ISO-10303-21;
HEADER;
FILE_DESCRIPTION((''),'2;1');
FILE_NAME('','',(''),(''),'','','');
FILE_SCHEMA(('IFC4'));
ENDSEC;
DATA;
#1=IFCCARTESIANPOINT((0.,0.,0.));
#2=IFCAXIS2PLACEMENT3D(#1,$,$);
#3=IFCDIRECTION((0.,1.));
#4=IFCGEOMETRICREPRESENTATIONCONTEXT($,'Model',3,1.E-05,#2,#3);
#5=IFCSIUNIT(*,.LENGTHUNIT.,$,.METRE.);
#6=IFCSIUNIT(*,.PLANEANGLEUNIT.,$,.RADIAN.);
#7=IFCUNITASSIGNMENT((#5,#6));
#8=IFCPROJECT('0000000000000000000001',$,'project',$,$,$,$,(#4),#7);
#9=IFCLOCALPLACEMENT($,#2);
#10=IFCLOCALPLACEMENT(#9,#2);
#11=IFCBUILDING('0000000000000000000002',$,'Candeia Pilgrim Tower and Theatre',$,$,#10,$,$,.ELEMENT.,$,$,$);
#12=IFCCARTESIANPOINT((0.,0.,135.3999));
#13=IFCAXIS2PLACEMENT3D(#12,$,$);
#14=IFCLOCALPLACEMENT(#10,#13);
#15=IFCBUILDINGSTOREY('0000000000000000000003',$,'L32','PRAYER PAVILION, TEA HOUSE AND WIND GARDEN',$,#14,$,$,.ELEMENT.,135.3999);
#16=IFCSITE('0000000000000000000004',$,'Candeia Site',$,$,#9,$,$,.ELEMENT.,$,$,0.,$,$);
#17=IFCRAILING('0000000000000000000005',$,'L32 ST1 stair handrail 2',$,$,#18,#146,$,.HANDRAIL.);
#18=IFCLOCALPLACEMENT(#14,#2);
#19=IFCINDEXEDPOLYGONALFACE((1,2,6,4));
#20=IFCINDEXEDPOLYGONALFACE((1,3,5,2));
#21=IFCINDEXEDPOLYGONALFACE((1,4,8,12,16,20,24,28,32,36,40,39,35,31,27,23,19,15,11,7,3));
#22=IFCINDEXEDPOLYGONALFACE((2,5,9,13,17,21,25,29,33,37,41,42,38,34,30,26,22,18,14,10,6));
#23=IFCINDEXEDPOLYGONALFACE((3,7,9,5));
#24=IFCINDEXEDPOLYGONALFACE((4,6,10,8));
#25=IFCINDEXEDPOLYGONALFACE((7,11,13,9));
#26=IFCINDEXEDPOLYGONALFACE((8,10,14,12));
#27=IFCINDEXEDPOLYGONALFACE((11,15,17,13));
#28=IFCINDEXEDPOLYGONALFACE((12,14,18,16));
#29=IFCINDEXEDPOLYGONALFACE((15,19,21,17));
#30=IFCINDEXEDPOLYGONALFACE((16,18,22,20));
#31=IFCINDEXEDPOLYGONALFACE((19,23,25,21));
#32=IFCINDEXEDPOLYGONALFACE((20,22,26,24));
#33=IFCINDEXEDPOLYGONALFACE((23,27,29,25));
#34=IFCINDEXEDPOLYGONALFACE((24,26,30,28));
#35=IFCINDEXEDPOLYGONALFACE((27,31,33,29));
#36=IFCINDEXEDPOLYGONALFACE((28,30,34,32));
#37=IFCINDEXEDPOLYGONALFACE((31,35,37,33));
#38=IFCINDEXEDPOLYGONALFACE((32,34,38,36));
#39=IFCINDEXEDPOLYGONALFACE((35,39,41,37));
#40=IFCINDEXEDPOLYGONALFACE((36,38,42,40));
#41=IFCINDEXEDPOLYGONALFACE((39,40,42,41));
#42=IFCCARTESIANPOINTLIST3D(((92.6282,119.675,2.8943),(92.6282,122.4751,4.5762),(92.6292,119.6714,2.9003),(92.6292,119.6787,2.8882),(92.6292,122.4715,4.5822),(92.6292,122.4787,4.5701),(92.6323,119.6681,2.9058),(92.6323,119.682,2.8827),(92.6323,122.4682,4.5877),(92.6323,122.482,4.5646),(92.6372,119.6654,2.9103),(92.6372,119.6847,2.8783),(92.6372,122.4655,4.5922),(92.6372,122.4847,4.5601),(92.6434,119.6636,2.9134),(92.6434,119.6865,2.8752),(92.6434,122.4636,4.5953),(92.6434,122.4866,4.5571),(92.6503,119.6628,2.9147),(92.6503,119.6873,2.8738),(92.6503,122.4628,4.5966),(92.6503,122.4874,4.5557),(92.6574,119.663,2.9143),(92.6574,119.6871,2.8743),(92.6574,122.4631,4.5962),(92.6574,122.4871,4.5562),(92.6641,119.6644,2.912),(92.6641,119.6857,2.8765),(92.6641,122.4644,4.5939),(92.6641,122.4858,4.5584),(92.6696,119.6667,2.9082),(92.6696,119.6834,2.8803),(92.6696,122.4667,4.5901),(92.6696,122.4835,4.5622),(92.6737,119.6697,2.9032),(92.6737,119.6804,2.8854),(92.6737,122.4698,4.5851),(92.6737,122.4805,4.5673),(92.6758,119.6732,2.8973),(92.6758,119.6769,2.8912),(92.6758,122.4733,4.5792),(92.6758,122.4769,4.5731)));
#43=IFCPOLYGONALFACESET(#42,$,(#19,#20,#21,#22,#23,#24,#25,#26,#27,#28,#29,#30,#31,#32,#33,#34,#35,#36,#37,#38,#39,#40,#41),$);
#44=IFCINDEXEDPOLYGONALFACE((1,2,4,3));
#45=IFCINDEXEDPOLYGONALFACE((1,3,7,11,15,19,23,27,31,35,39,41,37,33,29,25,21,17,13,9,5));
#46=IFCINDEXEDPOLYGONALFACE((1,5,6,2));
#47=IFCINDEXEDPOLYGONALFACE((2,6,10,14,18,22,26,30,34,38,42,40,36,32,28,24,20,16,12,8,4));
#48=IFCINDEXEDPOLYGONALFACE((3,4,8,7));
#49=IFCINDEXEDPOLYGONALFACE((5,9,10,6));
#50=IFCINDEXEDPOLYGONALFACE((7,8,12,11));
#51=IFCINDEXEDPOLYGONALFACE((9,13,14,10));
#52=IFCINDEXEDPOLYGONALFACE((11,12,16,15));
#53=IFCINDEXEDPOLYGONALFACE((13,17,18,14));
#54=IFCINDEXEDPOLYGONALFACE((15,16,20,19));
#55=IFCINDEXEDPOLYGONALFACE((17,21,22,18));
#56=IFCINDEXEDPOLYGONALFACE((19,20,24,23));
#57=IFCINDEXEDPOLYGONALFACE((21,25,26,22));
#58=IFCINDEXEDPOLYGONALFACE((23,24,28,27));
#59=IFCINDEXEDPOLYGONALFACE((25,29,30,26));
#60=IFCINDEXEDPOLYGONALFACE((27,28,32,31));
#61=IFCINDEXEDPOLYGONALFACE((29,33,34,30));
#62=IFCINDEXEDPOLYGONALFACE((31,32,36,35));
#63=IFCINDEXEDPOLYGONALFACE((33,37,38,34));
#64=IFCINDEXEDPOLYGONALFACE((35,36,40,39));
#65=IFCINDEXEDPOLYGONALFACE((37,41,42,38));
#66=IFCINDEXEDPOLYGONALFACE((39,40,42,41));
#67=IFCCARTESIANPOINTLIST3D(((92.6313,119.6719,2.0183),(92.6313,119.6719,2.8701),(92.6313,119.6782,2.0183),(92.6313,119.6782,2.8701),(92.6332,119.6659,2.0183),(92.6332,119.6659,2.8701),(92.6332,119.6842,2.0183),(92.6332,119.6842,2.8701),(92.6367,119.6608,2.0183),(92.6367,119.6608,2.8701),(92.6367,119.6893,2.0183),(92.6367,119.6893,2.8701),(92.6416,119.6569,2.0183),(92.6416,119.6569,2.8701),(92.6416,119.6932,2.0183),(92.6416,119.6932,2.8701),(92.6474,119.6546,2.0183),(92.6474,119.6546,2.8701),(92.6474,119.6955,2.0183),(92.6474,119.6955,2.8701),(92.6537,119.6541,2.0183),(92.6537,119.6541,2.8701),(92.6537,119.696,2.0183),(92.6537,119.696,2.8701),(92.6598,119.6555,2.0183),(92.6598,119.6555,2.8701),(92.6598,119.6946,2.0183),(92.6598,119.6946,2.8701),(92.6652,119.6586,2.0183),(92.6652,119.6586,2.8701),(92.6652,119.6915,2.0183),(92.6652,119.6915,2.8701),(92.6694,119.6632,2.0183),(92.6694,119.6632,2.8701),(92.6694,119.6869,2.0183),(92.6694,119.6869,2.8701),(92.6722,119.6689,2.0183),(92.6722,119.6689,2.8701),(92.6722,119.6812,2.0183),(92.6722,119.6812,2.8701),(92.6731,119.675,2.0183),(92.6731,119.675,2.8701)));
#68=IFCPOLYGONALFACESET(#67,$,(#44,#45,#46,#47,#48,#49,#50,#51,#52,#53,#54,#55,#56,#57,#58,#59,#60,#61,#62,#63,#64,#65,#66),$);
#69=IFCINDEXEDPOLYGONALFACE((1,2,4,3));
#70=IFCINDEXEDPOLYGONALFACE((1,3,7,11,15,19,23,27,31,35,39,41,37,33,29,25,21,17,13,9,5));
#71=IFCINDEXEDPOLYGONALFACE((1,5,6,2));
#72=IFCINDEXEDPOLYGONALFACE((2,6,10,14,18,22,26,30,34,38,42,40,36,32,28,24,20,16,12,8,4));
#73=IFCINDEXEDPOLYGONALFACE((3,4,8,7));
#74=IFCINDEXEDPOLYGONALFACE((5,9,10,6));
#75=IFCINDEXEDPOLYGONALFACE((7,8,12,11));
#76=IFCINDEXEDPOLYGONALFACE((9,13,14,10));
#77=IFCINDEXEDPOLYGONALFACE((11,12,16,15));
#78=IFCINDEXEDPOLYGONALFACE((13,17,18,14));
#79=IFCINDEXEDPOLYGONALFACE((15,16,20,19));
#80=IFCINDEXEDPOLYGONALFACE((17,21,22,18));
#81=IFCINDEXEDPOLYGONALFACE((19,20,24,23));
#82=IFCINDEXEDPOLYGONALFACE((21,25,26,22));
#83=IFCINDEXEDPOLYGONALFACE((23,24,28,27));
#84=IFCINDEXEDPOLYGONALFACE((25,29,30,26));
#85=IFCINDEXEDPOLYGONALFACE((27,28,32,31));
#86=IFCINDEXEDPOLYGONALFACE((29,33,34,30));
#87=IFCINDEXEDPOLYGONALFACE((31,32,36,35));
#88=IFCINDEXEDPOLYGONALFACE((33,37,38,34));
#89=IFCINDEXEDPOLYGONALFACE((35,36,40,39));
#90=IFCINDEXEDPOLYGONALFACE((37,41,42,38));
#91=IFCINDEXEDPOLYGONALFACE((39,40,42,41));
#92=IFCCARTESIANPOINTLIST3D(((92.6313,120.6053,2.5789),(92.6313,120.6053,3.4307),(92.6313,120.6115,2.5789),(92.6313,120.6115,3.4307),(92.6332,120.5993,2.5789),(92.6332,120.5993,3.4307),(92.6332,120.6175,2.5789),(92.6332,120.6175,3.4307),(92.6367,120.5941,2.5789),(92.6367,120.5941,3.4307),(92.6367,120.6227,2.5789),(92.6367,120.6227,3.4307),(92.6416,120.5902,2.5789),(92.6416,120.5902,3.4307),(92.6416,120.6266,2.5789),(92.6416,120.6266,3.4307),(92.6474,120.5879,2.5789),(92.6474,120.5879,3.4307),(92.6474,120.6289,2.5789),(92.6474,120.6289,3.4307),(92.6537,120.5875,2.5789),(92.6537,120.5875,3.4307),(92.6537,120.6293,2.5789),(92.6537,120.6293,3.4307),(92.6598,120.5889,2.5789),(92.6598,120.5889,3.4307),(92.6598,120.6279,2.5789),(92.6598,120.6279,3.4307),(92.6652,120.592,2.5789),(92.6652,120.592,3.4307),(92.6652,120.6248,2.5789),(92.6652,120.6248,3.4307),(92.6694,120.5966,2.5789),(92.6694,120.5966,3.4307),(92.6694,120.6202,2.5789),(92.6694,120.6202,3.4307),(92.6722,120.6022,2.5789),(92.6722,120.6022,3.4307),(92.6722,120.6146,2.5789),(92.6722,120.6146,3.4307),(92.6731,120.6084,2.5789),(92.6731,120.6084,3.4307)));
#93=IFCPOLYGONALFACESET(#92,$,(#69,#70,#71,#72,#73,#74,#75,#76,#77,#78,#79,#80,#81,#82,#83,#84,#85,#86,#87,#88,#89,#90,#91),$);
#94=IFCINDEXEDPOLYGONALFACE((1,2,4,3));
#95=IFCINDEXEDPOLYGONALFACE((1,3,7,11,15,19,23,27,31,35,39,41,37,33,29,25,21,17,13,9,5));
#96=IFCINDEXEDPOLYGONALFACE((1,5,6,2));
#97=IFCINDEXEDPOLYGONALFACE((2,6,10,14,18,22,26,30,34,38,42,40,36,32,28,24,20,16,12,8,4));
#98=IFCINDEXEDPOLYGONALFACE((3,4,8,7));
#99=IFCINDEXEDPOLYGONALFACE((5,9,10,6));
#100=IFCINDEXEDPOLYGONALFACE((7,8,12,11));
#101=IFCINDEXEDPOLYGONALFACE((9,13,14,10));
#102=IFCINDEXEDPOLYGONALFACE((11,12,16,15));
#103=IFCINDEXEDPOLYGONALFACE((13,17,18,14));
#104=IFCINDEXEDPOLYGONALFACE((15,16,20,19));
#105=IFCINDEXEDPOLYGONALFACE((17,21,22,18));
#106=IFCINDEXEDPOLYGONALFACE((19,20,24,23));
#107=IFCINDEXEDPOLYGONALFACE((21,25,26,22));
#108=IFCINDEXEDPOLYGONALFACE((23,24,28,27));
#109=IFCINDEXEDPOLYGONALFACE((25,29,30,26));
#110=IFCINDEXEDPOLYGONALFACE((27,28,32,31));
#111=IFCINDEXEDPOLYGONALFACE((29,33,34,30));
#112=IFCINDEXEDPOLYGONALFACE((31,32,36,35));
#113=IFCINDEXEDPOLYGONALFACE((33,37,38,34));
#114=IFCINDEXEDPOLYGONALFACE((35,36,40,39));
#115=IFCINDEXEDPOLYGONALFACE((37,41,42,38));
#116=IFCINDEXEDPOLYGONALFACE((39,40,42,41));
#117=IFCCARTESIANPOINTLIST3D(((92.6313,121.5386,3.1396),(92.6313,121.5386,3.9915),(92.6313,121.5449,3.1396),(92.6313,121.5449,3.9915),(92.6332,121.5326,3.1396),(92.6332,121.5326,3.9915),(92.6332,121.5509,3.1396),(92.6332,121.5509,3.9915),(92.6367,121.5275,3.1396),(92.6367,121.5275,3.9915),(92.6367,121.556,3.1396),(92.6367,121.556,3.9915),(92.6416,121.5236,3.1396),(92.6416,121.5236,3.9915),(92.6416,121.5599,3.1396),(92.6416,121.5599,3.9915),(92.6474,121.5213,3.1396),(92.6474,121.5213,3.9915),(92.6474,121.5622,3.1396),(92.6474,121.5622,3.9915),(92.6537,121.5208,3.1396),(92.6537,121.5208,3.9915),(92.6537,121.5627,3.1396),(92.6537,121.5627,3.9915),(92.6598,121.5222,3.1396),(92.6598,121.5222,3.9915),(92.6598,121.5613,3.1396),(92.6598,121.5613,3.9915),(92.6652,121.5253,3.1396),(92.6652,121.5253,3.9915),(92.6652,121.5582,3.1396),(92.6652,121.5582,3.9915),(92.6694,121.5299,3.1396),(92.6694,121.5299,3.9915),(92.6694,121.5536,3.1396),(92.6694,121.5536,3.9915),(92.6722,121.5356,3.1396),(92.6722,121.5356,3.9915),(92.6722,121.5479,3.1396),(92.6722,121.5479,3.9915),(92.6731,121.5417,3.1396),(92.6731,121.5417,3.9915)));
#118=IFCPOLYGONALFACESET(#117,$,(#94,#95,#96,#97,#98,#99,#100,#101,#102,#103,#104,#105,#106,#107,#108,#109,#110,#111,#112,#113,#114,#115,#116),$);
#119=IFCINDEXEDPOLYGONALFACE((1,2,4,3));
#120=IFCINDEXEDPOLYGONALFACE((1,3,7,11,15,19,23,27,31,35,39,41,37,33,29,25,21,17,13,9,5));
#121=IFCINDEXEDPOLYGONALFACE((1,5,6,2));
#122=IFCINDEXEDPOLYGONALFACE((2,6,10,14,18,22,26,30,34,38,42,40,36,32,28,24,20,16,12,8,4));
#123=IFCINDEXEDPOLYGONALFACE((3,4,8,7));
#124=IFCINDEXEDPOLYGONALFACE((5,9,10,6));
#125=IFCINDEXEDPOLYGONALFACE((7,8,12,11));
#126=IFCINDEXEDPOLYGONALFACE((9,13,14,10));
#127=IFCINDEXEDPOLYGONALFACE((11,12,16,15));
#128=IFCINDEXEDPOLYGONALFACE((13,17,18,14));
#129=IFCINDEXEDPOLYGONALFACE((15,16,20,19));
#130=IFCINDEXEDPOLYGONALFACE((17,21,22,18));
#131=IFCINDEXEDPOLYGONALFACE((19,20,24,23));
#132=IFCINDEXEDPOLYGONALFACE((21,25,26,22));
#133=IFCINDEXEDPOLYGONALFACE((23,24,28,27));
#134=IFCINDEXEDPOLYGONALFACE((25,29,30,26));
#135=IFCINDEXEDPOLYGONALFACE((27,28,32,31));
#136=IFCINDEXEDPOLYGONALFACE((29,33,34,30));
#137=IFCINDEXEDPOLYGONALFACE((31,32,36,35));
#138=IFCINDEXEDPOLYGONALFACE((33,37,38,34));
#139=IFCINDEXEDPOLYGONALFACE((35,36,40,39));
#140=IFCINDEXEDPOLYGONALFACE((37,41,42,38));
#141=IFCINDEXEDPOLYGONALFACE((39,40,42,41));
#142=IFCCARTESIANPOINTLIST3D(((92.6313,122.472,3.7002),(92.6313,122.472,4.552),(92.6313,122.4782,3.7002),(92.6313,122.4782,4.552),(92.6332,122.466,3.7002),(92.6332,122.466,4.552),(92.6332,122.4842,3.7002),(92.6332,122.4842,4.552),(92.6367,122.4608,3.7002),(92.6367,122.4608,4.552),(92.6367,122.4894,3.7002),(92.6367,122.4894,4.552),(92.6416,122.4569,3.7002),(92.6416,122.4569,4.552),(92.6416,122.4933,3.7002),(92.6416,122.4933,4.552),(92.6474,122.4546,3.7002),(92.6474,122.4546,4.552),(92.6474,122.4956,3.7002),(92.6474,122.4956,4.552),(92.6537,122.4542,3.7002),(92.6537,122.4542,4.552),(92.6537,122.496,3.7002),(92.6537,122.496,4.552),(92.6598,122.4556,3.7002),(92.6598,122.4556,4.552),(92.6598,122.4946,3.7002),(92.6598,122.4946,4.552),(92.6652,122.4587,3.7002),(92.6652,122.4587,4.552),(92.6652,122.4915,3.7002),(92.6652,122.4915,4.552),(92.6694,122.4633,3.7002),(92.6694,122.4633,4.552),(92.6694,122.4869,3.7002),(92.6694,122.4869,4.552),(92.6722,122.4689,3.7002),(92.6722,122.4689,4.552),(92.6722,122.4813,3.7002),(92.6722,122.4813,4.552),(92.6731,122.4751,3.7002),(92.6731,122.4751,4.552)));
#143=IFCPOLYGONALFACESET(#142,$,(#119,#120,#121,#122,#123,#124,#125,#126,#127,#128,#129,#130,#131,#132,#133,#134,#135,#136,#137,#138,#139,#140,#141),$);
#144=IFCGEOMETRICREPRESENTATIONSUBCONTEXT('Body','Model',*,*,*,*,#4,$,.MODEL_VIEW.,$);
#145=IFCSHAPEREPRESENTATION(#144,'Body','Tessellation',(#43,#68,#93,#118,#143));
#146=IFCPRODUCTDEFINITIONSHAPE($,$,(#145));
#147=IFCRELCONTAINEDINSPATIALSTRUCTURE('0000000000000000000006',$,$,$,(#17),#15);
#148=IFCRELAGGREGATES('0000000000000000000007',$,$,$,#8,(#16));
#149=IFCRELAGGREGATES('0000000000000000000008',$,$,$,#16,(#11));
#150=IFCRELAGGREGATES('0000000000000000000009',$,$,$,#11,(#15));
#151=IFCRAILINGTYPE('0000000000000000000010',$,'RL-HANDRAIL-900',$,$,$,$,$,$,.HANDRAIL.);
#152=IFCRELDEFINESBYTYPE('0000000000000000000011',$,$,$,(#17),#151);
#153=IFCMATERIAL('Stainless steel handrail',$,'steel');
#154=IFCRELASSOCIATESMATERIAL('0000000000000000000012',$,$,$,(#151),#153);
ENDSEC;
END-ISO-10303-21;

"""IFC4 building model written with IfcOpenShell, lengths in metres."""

from ifc_helpers import new_model, si_unit, direction, frame, origin, origin_2d, place, context, subcontext, project, spatial, circle, extrude, material, type_object, element, save


model = new_model("IFC4")

# Units and contexts
model_context = context("Model", 3, precision=1e-05, world=origin(), true_north=direction((0.0, 1.0)))
body_context = subcontext(model_context, "Body", "Model", "MODEL_VIEW")
ifc_project = project(units=[si_unit("LENGTHUNIT", "METRE"), si_unit("PLANEANGLEUNIT", "RADIAN")], contexts=[model_context])

# Site, building, storey
site_placement = place(None, origin())
site = spatial("IfcSite", under=ifc_project, at=site_placement, Name="Candeia Site", CompositionType="ELEMENT", RefElevation=0.0)
building_placement = place(site_placement, origin())
building = spatial("IfcBuilding", under=site, at=building_placement, Name="Candeia Pilgrim Tower and Theatre", CompositionType="ELEMENT")
storey_placement = place(building_placement, frame((0.0, 0.0, 135.3999)))
storey = spatial("IfcBuildingStorey", under=building, at=storey_placement, Name="L32", Description="PRAYER PAVILION, TEA HOUSE AND WIND GARDEN", CompositionType="ELEMENT", Elevation=135.3999)

# Railing
ifc_material_1 = material(Name="Stainless steel handrail", Category="steel")
railing_type_1 = type_object("IfcRailingType", Name="RL-HANDRAIL-900", PredefinedType="HANDRAIL", material=ifc_material_1)
for number, where, name in (
    (1, (92.6521, 119.675, 2.0183), "L32 ST1 stair handrail 2"),
):
    element("IfcRailing", number, at=place(storey_placement, frame(where)), inside=storey, type_object=railing_type_1, Name=name, PredefinedType="HANDRAIL", context=body_context, shape_type="SweptSolid", body=[
        extrude(circle(Radius=0.0239, at=origin_2d()), frame((0.0, 0.0, 0.876), z_axis=(0.0, 0.857242, 0.514913), x_axis=(-1.0, 0.0, 0.0)), (0.0, 0.0, 1.0), 3.2664),
        extrude(circle(Radius=0.021, at=origin_2d()), origin(), (0.0, 0.0, 1.0), 0.8518),
        extrude(circle(Radius=0.021, at=origin_2d()), frame((0.0, 0.9333, 0.5605)), (0.0, 0.0, 1.0), 0.8518),
        extrude(circle(Radius=0.021, at=origin_2d()), frame((0.0, 1.8667, 1.1213)), (0.0, 0.0, 1.0), 0.8518),
        extrude(circle(Radius=0.021, at=origin_2d()), frame((0.0, 2.8, 1.6819)), (0.0, 0.0, 1.0), 0.8518),
    ])

save(model, "model.ifc")
